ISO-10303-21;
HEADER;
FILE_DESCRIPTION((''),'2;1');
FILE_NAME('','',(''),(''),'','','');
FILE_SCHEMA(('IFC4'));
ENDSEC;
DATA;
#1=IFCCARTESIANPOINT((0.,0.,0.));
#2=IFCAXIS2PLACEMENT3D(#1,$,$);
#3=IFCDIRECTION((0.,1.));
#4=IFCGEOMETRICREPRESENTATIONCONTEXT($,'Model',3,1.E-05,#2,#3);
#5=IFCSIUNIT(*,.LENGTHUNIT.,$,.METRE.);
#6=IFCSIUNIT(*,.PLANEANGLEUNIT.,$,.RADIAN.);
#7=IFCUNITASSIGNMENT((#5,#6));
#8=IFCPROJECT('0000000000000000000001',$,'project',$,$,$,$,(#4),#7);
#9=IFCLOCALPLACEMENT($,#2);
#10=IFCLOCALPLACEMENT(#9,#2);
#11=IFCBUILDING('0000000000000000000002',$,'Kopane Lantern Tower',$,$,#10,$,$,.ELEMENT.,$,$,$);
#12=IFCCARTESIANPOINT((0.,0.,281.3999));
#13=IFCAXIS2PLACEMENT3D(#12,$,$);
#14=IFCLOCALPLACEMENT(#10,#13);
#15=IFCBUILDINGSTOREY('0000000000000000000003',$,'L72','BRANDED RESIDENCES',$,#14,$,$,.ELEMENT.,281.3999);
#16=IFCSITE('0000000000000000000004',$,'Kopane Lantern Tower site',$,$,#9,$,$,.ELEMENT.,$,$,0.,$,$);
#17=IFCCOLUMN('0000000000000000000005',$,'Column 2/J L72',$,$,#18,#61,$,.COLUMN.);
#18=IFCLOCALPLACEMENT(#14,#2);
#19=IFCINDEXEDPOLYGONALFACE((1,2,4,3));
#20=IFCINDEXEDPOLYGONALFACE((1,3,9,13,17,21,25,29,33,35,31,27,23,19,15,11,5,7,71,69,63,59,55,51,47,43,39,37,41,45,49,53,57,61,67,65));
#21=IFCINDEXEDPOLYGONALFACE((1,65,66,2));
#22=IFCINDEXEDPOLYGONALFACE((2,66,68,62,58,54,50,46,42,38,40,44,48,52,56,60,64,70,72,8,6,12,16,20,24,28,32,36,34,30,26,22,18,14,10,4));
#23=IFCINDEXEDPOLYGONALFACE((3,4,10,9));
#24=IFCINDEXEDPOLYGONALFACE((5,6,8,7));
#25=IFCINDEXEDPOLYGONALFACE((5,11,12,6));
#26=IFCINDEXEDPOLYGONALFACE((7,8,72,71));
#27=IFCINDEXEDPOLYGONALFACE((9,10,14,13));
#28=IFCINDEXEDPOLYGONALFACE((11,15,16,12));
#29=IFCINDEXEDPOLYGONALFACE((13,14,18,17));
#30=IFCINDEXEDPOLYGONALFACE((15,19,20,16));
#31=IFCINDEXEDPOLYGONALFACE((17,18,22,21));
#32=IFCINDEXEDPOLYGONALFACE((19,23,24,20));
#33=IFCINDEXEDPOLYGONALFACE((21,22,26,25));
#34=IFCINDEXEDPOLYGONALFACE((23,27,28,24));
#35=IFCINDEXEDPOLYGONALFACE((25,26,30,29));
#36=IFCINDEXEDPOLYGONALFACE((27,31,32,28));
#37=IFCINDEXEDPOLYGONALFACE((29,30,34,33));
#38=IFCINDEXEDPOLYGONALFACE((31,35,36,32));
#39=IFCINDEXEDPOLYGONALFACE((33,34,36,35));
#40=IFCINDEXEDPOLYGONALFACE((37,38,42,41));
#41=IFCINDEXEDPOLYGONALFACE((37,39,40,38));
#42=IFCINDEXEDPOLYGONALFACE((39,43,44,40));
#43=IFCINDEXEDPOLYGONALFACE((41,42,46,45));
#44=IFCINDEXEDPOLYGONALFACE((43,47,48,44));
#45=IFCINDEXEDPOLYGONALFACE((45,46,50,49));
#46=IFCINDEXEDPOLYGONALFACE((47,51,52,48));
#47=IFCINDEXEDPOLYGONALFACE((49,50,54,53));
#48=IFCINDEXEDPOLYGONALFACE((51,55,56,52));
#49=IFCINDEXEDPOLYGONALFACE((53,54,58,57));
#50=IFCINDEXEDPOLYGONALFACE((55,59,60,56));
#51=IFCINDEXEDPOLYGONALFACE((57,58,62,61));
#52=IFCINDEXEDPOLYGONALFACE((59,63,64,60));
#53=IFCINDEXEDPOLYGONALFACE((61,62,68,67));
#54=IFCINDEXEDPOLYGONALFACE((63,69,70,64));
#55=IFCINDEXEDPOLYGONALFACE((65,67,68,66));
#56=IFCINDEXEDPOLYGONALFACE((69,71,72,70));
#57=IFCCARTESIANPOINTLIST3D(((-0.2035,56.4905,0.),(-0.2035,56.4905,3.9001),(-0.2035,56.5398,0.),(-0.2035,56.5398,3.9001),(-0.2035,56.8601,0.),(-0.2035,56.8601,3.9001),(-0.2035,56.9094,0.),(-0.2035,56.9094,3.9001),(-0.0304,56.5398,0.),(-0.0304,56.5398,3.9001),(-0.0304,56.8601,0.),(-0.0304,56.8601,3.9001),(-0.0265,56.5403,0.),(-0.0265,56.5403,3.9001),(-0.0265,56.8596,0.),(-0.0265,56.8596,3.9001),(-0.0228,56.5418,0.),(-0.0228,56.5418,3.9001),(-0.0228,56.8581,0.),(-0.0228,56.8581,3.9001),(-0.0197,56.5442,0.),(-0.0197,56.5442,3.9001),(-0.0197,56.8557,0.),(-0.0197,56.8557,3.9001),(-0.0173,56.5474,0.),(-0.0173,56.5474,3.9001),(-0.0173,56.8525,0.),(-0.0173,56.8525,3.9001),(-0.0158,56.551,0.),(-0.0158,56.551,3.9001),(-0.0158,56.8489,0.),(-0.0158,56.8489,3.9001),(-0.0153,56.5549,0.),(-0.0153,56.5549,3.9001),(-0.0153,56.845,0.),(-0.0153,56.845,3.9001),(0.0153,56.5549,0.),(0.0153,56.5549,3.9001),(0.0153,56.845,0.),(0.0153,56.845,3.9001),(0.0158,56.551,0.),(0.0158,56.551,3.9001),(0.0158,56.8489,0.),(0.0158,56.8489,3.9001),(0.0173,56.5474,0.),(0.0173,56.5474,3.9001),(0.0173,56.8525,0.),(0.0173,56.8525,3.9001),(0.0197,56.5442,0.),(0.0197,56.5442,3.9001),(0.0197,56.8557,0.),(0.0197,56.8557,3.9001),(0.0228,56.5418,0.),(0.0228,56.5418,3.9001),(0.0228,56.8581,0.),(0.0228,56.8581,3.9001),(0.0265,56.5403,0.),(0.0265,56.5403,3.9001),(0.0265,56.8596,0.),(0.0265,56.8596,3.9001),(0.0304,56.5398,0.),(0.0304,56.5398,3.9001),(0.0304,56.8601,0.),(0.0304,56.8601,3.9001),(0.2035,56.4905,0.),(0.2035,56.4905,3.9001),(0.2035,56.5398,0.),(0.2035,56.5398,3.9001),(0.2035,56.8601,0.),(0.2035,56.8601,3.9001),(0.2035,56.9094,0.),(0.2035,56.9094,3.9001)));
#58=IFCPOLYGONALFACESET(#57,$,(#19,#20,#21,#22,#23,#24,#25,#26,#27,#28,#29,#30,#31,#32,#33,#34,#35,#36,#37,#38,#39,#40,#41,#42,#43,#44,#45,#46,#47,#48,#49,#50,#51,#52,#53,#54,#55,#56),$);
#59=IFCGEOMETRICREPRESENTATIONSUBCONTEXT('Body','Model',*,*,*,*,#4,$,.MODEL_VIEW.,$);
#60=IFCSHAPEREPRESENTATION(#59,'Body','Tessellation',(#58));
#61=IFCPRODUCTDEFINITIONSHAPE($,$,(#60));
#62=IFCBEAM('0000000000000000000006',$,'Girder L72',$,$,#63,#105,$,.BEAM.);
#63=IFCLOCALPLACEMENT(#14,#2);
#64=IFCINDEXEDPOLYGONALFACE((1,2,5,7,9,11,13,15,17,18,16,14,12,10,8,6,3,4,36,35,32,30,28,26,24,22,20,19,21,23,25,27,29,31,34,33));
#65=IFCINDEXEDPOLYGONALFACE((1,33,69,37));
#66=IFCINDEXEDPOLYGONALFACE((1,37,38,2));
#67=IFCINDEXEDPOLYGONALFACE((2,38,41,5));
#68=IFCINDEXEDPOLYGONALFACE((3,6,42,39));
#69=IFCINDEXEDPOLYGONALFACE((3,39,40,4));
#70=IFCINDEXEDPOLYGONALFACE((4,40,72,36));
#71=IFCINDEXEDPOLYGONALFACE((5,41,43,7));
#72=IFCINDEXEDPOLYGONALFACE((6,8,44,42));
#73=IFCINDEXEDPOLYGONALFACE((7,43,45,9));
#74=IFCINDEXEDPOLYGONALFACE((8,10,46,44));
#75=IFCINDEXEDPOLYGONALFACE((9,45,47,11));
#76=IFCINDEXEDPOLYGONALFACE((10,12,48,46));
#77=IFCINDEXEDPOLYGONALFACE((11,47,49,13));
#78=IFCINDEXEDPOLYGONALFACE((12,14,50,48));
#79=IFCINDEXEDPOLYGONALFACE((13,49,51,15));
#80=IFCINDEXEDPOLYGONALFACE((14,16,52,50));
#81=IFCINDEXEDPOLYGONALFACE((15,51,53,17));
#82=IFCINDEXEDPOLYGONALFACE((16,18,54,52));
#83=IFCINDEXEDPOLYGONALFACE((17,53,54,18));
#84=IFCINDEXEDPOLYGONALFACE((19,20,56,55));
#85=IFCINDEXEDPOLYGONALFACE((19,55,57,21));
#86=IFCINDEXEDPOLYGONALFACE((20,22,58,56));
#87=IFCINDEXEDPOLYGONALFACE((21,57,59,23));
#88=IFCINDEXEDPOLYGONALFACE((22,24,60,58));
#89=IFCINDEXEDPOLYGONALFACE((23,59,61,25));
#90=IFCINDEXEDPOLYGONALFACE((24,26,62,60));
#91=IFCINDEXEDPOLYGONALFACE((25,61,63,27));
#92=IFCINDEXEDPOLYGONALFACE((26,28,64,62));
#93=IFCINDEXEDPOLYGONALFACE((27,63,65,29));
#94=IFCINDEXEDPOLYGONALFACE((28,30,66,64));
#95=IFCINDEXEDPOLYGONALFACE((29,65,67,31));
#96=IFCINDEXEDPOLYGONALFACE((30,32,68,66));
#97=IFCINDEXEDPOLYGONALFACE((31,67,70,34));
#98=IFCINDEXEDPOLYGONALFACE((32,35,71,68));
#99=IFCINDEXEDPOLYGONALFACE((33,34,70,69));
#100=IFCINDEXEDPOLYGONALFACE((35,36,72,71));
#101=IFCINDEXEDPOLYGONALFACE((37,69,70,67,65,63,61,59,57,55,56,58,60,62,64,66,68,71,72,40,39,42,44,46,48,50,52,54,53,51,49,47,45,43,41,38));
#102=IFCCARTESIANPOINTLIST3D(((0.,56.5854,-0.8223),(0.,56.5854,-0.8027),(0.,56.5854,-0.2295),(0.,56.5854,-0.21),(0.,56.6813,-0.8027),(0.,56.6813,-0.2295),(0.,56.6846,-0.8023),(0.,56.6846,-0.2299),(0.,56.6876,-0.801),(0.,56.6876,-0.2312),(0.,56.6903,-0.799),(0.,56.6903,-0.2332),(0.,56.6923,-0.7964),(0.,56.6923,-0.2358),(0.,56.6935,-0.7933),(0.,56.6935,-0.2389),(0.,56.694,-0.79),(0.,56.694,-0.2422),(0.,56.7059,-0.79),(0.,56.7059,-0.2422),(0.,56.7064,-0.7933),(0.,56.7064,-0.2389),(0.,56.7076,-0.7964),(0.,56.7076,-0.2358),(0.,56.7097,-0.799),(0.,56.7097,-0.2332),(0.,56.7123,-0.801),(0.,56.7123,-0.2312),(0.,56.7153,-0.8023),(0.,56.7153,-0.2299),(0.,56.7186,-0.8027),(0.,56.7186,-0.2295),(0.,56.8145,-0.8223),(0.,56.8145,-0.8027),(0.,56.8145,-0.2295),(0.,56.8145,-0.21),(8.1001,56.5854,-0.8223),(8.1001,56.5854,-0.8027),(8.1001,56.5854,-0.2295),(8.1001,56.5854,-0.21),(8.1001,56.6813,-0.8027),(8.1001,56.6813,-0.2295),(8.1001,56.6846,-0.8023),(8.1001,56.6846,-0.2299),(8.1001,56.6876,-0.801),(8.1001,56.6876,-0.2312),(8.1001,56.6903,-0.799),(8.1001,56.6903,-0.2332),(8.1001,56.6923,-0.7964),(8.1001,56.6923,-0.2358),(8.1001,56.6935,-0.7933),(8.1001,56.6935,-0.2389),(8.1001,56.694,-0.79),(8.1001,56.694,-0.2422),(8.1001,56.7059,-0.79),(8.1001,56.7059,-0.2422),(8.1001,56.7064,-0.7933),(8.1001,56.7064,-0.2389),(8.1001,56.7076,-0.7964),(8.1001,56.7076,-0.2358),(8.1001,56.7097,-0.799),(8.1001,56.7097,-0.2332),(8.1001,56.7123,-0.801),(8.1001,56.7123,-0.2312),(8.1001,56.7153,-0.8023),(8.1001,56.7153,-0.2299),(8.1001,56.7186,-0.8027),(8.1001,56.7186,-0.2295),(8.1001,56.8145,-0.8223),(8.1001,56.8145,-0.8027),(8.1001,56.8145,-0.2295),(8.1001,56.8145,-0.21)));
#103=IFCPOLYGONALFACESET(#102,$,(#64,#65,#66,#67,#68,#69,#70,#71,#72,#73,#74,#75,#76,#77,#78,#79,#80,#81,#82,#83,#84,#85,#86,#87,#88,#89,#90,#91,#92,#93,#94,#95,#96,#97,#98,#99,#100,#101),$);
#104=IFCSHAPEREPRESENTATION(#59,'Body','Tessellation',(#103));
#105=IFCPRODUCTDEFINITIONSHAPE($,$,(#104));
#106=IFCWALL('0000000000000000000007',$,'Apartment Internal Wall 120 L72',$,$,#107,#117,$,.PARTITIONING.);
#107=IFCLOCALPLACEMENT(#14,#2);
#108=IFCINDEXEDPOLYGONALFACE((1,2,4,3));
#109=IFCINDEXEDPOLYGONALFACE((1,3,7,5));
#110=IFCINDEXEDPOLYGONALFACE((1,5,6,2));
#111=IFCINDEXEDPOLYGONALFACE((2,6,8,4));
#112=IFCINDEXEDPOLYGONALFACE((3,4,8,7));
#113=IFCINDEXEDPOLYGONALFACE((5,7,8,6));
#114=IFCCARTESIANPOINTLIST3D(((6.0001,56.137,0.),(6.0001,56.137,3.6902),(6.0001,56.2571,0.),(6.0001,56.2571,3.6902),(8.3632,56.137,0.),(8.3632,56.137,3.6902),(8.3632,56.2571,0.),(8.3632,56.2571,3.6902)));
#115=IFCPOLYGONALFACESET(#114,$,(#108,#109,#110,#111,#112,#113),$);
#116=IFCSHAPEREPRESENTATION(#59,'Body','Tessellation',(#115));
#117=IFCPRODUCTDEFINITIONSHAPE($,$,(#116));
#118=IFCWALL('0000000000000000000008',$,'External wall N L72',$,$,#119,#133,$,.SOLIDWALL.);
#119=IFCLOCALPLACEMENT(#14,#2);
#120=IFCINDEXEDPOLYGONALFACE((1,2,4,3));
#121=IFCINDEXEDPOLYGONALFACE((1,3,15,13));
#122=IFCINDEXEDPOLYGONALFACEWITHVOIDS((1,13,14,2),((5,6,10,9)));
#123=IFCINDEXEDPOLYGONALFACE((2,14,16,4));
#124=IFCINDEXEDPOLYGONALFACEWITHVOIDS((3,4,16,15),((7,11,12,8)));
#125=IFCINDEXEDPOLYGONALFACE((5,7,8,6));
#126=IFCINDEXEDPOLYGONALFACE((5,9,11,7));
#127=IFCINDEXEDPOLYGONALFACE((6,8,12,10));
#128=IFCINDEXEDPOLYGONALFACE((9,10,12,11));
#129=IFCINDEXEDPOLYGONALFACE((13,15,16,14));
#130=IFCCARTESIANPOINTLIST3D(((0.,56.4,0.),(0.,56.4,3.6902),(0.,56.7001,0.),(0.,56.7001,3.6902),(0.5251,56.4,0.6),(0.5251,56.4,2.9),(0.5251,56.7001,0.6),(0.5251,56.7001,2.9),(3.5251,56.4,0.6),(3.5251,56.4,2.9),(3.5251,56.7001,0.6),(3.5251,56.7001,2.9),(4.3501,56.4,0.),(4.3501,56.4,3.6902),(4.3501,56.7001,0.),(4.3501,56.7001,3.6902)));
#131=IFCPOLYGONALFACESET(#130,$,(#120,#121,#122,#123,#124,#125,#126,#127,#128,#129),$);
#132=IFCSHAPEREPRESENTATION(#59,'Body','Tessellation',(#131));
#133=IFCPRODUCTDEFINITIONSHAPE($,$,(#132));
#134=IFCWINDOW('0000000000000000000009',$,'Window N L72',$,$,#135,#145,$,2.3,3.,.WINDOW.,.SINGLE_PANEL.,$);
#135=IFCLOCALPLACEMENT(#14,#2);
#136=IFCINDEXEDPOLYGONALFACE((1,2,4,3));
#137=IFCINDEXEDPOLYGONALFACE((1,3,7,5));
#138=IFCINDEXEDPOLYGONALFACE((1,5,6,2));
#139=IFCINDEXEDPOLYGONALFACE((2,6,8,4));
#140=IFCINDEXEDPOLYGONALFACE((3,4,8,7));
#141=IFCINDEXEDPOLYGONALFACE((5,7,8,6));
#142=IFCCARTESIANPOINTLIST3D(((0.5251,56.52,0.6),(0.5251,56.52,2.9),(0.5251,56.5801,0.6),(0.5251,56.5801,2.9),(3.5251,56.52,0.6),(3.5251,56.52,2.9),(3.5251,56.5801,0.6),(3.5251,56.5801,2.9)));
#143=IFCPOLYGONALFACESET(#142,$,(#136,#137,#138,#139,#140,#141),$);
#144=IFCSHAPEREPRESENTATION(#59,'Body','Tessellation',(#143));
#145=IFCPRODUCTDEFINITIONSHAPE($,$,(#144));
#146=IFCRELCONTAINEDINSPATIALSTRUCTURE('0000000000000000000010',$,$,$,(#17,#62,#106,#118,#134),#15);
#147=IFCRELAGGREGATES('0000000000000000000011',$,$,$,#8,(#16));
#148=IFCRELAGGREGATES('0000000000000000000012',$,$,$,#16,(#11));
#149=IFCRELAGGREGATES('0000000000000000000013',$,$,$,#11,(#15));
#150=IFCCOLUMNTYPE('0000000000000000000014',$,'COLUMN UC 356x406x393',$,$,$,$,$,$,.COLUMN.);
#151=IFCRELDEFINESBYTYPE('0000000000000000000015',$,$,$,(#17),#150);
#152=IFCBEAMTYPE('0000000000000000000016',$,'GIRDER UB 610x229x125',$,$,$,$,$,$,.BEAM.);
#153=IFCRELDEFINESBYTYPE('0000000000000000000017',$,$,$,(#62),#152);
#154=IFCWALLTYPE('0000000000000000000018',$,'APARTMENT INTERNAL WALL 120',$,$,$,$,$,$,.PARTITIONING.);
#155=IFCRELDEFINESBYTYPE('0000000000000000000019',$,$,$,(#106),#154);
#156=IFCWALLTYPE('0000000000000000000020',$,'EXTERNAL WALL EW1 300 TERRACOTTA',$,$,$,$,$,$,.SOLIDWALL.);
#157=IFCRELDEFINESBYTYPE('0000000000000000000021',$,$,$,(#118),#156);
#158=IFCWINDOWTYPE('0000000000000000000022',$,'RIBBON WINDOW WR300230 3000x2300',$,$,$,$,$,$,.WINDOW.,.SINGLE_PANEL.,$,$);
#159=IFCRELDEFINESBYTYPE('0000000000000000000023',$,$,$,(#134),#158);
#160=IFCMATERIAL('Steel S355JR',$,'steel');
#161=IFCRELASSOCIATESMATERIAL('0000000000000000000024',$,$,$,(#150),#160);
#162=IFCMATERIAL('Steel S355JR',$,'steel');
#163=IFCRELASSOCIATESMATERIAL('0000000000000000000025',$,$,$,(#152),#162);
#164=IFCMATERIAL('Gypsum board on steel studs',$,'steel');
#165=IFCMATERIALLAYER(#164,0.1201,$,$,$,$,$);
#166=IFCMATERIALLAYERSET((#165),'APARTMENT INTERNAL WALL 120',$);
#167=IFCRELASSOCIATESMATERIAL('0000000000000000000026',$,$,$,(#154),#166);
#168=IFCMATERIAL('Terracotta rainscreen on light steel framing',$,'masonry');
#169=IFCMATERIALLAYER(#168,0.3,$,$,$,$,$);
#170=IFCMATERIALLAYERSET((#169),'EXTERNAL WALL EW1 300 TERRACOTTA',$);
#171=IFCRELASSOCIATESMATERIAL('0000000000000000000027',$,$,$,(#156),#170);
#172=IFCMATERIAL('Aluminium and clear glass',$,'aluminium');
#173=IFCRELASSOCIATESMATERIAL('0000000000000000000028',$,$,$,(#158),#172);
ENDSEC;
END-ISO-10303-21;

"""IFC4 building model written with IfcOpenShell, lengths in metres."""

from ifc_helpers import new_model, si_unit, direction, frame, frame_2d, origin, origin_2d, place, context, subcontext, project, spatial, rectangle, i_section, extrude, material, layer, layer_set, material_profile, profile_set, type_object, element, fill, save


model = new_model("IFC4")

# Units and contexts
model_context = context("Model", 3, precision=1e-05, world=origin(), true_north=direction((0.0, 1.0)))
body_context = subcontext(model_context, "Body", "Model", "MODEL_VIEW")
ifc_project = project(units=[si_unit("LENGTHUNIT", "METRE"), si_unit("PLANEANGLEUNIT", "RADIAN")], contexts=[model_context])

# Site, building, storey
site_placement = place(None, origin())
site = spatial("IfcSite", under=ifc_project, at=site_placement, Name="Kopane Lantern Tower site", CompositionType="ELEMENT", RefElevation=0.0)
building_placement = place(site_placement, origin())
building = spatial("IfcBuilding", under=site, at=building_placement, Name="Kopane Lantern Tower", CompositionType="ELEMENT")
storey_placement = place(building_placement, frame((0.0, 0.0, 281.3999)))
storey = spatial("IfcBuildingStorey", under=building, at=storey_placement, Name="L72", Description="BRANDED RESIDENCES", CompositionType="ELEMENT", Elevation=281.3999)

# Column
ifc_material_1 = material(Name="Steel S355JR", Category="steel")
ifc_material_profile_1 = material_profile(ifc_material_1, i_section(OverallWidth=0.407, OverallDepth=0.4189, WebThickness=0.0305, FlangeThickness=0.0493, FilletRadius=0.0151, at=origin_2d()), Name="UC 356x406x393")
ifc_profile_set_1 = profile_set([ifc_material_profile_1], Name="Steel S355JR")
column_type = type_object("IfcColumnType", Name="COLUMN UC 356x406x393", PredefinedType="COLUMN", material=ifc_profile_set_1)
column_placement = place(storey_placement, frame((0.0, 56.7, 0.0), z_axis=(0.0, 0.0, 1.0), x_axis=(1.0, 0.0, 0.0)))
element("IfcColumn", 1, at=column_placement, inside=storey, type_object=column_type, Name="Column 2/J L72", PredefinedType="COLUMN", context=body_context, shape_type="SweptSolid", body=[
    extrude(i_section(OverallWidth=0.407, OverallDepth=0.4189, WebThickness=0.0305, FlangeThickness=0.0493, FilletRadius=0.0151, at=origin_2d()), origin(), (0.0, 0.0, 1.0), 3.9001),
])

# Beam
ifc_material_2 = material(Name="Steel S355JR", Category="steel")
ifc_material_profile_2 = material_profile(ifc_material_2, i_section(OverallWidth=0.229, OverallDepth=0.6123, WebThickness=0.012, FlangeThickness=0.0195, FilletRadius=0.0127, at=origin_2d()), Name="UB 610x229x125")
ifc_profile_set_2 = profile_set([ifc_material_profile_2], Name="Steel S355JR")
beam_type = type_object("IfcBeamType", Name="GIRDER UB 610x229x125", PredefinedType="BEAM", material=ifc_profile_set_2)
beam_placement = place(storey_placement, frame((0.0, 56.7, -0.5161), z_axis=(1.0, 0.0, 0.0), x_axis=(0.0, 1.0, 0.0)))
element("IfcBeam", 2, at=beam_placement, inside=storey, type_object=beam_type, Name="Girder L72", PredefinedType="BEAM", context=body_context, shape_type="SweptSolid", body=[
    extrude(i_section(OverallWidth=0.229, OverallDepth=0.6123, WebThickness=0.012, FlangeThickness=0.0195, FilletRadius=0.0127, at=origin_2d()), origin(), (0.0, 0.0, 1.0), 8.1001),
])

# Wall
ifc_material_3 = material(Name="Gypsum board on steel studs", Category="steel")
ifc_layer_1 = layer(ifc_material_3, 0.1201)
ifc_layer_set_1 = layer_set([ifc_layer_1], Name="APARTMENT INTERNAL WALL 120")
wall_type_1 = type_object("IfcWallType", Name="APARTMENT INTERNAL WALL 120", PredefinedType="PARTITIONING", material=ifc_layer_set_1)
wall_1_placement = place(storey_placement, frame((6.0, 56.197, 0.0), z_axis=(0.0, 0.0, 1.0), x_axis=(1.0, 0.0, 0.0)))
element("IfcWall", 3, at=wall_1_placement, inside=storey, type_object=wall_type_1, Name="Apartment Internal Wall 120 L72", PredefinedType="PARTITIONING", context=body_context, shape_type="SweptSolid", body=[
    extrude(rectangle(XDim=2.363, YDim=0.1201, at=frame_2d((1.1816, 0.0))), origin(), (0.0, 0.0, 1.0), 3.6902),
])

# Wall, opening, window
ifc_material_4 = material(Name="Terracotta rainscreen on light steel framing", Category="masonry")
ifc_layer_2 = layer(ifc_material_4, 0.3)
ifc_layer_set_2 = layer_set([ifc_layer_2], Name="EXTERNAL WALL EW1 300 TERRACOTTA")
wall_type_2 = type_object("IfcWallType", Name="EXTERNAL WALL EW1 300 TERRACOTTA", PredefinedType="SOLIDWALL", material=ifc_layer_set_2)
wall_2_placement = place(storey_placement, frame((4.3501, 56.55, 0.0), z_axis=(0.0, 0.0, 1.0), x_axis=(-1.0, 0.0, 0.0)))
wall_2 = element("IfcWall", 4, at=wall_2_placement, inside=storey, type_object=wall_type_2, Name="External wall N L72", PredefinedType="SOLIDWALL", context=body_context, shape_type="SweptSolid", body=[
    extrude(rectangle(XDim=4.3501, YDim=0.3, at=frame_2d((2.175, 0.0))), origin(), (0.0, 0.0, 1.0), 3.6902),
])
opening_1_placement = place(wall_2_placement, frame((0.825, 0.0, 0.6001)))
opening_1 = element("IfcOpeningElement", 5, at=opening_1_placement, cuts=wall_2, PredefinedType="OPENING", context=body_context, shape_type="SweptSolid", body=[
    extrude(rectangle(XDim=3.0, YDim=2.3, at=frame_2d((1.5, 1.1499))), frame((0.0, 0.1599, 0.0), z_axis=(0.0, -1.0, 0.0), x_axis=(1.0, 0.0, 0.0)), (0.0, 0.0, 1.0), 0.3201),
])
ifc_material_5 = material(Name="Aluminium and clear glass", Category="aluminium")
window_type_1 = type_object("IfcWindowType", Name="RIBBON WINDOW WR300230 3000x2300", PartitioningType="SINGLE_PANEL", PredefinedType="WINDOW", material=ifc_material_5)
window_1_placement = place(opening_1_placement, origin())
window_1 = element("IfcWindow", 6, at=window_1_placement, inside=storey, type_object=window_type_1, Name="Window N L72", OverallHeight=2.3, OverallWidth=3.0, PartitioningType="SINGLE_PANEL", PredefinedType="WINDOW", context=body_context, shape_type="SweptSolid", body=[
    extrude(rectangle(XDim=3.0, YDim=2.3, at=frame_2d((1.5, 1.1499))), frame((0.0, 0.03, 0.0), z_axis=(0.0, -1.0, 0.0), x_axis=(1.0, 0.0, 0.0)), (0.0, 0.0, 1.0), 0.0601),
])
fill(opening_1, window_1)

save(model, "model.ifc")
